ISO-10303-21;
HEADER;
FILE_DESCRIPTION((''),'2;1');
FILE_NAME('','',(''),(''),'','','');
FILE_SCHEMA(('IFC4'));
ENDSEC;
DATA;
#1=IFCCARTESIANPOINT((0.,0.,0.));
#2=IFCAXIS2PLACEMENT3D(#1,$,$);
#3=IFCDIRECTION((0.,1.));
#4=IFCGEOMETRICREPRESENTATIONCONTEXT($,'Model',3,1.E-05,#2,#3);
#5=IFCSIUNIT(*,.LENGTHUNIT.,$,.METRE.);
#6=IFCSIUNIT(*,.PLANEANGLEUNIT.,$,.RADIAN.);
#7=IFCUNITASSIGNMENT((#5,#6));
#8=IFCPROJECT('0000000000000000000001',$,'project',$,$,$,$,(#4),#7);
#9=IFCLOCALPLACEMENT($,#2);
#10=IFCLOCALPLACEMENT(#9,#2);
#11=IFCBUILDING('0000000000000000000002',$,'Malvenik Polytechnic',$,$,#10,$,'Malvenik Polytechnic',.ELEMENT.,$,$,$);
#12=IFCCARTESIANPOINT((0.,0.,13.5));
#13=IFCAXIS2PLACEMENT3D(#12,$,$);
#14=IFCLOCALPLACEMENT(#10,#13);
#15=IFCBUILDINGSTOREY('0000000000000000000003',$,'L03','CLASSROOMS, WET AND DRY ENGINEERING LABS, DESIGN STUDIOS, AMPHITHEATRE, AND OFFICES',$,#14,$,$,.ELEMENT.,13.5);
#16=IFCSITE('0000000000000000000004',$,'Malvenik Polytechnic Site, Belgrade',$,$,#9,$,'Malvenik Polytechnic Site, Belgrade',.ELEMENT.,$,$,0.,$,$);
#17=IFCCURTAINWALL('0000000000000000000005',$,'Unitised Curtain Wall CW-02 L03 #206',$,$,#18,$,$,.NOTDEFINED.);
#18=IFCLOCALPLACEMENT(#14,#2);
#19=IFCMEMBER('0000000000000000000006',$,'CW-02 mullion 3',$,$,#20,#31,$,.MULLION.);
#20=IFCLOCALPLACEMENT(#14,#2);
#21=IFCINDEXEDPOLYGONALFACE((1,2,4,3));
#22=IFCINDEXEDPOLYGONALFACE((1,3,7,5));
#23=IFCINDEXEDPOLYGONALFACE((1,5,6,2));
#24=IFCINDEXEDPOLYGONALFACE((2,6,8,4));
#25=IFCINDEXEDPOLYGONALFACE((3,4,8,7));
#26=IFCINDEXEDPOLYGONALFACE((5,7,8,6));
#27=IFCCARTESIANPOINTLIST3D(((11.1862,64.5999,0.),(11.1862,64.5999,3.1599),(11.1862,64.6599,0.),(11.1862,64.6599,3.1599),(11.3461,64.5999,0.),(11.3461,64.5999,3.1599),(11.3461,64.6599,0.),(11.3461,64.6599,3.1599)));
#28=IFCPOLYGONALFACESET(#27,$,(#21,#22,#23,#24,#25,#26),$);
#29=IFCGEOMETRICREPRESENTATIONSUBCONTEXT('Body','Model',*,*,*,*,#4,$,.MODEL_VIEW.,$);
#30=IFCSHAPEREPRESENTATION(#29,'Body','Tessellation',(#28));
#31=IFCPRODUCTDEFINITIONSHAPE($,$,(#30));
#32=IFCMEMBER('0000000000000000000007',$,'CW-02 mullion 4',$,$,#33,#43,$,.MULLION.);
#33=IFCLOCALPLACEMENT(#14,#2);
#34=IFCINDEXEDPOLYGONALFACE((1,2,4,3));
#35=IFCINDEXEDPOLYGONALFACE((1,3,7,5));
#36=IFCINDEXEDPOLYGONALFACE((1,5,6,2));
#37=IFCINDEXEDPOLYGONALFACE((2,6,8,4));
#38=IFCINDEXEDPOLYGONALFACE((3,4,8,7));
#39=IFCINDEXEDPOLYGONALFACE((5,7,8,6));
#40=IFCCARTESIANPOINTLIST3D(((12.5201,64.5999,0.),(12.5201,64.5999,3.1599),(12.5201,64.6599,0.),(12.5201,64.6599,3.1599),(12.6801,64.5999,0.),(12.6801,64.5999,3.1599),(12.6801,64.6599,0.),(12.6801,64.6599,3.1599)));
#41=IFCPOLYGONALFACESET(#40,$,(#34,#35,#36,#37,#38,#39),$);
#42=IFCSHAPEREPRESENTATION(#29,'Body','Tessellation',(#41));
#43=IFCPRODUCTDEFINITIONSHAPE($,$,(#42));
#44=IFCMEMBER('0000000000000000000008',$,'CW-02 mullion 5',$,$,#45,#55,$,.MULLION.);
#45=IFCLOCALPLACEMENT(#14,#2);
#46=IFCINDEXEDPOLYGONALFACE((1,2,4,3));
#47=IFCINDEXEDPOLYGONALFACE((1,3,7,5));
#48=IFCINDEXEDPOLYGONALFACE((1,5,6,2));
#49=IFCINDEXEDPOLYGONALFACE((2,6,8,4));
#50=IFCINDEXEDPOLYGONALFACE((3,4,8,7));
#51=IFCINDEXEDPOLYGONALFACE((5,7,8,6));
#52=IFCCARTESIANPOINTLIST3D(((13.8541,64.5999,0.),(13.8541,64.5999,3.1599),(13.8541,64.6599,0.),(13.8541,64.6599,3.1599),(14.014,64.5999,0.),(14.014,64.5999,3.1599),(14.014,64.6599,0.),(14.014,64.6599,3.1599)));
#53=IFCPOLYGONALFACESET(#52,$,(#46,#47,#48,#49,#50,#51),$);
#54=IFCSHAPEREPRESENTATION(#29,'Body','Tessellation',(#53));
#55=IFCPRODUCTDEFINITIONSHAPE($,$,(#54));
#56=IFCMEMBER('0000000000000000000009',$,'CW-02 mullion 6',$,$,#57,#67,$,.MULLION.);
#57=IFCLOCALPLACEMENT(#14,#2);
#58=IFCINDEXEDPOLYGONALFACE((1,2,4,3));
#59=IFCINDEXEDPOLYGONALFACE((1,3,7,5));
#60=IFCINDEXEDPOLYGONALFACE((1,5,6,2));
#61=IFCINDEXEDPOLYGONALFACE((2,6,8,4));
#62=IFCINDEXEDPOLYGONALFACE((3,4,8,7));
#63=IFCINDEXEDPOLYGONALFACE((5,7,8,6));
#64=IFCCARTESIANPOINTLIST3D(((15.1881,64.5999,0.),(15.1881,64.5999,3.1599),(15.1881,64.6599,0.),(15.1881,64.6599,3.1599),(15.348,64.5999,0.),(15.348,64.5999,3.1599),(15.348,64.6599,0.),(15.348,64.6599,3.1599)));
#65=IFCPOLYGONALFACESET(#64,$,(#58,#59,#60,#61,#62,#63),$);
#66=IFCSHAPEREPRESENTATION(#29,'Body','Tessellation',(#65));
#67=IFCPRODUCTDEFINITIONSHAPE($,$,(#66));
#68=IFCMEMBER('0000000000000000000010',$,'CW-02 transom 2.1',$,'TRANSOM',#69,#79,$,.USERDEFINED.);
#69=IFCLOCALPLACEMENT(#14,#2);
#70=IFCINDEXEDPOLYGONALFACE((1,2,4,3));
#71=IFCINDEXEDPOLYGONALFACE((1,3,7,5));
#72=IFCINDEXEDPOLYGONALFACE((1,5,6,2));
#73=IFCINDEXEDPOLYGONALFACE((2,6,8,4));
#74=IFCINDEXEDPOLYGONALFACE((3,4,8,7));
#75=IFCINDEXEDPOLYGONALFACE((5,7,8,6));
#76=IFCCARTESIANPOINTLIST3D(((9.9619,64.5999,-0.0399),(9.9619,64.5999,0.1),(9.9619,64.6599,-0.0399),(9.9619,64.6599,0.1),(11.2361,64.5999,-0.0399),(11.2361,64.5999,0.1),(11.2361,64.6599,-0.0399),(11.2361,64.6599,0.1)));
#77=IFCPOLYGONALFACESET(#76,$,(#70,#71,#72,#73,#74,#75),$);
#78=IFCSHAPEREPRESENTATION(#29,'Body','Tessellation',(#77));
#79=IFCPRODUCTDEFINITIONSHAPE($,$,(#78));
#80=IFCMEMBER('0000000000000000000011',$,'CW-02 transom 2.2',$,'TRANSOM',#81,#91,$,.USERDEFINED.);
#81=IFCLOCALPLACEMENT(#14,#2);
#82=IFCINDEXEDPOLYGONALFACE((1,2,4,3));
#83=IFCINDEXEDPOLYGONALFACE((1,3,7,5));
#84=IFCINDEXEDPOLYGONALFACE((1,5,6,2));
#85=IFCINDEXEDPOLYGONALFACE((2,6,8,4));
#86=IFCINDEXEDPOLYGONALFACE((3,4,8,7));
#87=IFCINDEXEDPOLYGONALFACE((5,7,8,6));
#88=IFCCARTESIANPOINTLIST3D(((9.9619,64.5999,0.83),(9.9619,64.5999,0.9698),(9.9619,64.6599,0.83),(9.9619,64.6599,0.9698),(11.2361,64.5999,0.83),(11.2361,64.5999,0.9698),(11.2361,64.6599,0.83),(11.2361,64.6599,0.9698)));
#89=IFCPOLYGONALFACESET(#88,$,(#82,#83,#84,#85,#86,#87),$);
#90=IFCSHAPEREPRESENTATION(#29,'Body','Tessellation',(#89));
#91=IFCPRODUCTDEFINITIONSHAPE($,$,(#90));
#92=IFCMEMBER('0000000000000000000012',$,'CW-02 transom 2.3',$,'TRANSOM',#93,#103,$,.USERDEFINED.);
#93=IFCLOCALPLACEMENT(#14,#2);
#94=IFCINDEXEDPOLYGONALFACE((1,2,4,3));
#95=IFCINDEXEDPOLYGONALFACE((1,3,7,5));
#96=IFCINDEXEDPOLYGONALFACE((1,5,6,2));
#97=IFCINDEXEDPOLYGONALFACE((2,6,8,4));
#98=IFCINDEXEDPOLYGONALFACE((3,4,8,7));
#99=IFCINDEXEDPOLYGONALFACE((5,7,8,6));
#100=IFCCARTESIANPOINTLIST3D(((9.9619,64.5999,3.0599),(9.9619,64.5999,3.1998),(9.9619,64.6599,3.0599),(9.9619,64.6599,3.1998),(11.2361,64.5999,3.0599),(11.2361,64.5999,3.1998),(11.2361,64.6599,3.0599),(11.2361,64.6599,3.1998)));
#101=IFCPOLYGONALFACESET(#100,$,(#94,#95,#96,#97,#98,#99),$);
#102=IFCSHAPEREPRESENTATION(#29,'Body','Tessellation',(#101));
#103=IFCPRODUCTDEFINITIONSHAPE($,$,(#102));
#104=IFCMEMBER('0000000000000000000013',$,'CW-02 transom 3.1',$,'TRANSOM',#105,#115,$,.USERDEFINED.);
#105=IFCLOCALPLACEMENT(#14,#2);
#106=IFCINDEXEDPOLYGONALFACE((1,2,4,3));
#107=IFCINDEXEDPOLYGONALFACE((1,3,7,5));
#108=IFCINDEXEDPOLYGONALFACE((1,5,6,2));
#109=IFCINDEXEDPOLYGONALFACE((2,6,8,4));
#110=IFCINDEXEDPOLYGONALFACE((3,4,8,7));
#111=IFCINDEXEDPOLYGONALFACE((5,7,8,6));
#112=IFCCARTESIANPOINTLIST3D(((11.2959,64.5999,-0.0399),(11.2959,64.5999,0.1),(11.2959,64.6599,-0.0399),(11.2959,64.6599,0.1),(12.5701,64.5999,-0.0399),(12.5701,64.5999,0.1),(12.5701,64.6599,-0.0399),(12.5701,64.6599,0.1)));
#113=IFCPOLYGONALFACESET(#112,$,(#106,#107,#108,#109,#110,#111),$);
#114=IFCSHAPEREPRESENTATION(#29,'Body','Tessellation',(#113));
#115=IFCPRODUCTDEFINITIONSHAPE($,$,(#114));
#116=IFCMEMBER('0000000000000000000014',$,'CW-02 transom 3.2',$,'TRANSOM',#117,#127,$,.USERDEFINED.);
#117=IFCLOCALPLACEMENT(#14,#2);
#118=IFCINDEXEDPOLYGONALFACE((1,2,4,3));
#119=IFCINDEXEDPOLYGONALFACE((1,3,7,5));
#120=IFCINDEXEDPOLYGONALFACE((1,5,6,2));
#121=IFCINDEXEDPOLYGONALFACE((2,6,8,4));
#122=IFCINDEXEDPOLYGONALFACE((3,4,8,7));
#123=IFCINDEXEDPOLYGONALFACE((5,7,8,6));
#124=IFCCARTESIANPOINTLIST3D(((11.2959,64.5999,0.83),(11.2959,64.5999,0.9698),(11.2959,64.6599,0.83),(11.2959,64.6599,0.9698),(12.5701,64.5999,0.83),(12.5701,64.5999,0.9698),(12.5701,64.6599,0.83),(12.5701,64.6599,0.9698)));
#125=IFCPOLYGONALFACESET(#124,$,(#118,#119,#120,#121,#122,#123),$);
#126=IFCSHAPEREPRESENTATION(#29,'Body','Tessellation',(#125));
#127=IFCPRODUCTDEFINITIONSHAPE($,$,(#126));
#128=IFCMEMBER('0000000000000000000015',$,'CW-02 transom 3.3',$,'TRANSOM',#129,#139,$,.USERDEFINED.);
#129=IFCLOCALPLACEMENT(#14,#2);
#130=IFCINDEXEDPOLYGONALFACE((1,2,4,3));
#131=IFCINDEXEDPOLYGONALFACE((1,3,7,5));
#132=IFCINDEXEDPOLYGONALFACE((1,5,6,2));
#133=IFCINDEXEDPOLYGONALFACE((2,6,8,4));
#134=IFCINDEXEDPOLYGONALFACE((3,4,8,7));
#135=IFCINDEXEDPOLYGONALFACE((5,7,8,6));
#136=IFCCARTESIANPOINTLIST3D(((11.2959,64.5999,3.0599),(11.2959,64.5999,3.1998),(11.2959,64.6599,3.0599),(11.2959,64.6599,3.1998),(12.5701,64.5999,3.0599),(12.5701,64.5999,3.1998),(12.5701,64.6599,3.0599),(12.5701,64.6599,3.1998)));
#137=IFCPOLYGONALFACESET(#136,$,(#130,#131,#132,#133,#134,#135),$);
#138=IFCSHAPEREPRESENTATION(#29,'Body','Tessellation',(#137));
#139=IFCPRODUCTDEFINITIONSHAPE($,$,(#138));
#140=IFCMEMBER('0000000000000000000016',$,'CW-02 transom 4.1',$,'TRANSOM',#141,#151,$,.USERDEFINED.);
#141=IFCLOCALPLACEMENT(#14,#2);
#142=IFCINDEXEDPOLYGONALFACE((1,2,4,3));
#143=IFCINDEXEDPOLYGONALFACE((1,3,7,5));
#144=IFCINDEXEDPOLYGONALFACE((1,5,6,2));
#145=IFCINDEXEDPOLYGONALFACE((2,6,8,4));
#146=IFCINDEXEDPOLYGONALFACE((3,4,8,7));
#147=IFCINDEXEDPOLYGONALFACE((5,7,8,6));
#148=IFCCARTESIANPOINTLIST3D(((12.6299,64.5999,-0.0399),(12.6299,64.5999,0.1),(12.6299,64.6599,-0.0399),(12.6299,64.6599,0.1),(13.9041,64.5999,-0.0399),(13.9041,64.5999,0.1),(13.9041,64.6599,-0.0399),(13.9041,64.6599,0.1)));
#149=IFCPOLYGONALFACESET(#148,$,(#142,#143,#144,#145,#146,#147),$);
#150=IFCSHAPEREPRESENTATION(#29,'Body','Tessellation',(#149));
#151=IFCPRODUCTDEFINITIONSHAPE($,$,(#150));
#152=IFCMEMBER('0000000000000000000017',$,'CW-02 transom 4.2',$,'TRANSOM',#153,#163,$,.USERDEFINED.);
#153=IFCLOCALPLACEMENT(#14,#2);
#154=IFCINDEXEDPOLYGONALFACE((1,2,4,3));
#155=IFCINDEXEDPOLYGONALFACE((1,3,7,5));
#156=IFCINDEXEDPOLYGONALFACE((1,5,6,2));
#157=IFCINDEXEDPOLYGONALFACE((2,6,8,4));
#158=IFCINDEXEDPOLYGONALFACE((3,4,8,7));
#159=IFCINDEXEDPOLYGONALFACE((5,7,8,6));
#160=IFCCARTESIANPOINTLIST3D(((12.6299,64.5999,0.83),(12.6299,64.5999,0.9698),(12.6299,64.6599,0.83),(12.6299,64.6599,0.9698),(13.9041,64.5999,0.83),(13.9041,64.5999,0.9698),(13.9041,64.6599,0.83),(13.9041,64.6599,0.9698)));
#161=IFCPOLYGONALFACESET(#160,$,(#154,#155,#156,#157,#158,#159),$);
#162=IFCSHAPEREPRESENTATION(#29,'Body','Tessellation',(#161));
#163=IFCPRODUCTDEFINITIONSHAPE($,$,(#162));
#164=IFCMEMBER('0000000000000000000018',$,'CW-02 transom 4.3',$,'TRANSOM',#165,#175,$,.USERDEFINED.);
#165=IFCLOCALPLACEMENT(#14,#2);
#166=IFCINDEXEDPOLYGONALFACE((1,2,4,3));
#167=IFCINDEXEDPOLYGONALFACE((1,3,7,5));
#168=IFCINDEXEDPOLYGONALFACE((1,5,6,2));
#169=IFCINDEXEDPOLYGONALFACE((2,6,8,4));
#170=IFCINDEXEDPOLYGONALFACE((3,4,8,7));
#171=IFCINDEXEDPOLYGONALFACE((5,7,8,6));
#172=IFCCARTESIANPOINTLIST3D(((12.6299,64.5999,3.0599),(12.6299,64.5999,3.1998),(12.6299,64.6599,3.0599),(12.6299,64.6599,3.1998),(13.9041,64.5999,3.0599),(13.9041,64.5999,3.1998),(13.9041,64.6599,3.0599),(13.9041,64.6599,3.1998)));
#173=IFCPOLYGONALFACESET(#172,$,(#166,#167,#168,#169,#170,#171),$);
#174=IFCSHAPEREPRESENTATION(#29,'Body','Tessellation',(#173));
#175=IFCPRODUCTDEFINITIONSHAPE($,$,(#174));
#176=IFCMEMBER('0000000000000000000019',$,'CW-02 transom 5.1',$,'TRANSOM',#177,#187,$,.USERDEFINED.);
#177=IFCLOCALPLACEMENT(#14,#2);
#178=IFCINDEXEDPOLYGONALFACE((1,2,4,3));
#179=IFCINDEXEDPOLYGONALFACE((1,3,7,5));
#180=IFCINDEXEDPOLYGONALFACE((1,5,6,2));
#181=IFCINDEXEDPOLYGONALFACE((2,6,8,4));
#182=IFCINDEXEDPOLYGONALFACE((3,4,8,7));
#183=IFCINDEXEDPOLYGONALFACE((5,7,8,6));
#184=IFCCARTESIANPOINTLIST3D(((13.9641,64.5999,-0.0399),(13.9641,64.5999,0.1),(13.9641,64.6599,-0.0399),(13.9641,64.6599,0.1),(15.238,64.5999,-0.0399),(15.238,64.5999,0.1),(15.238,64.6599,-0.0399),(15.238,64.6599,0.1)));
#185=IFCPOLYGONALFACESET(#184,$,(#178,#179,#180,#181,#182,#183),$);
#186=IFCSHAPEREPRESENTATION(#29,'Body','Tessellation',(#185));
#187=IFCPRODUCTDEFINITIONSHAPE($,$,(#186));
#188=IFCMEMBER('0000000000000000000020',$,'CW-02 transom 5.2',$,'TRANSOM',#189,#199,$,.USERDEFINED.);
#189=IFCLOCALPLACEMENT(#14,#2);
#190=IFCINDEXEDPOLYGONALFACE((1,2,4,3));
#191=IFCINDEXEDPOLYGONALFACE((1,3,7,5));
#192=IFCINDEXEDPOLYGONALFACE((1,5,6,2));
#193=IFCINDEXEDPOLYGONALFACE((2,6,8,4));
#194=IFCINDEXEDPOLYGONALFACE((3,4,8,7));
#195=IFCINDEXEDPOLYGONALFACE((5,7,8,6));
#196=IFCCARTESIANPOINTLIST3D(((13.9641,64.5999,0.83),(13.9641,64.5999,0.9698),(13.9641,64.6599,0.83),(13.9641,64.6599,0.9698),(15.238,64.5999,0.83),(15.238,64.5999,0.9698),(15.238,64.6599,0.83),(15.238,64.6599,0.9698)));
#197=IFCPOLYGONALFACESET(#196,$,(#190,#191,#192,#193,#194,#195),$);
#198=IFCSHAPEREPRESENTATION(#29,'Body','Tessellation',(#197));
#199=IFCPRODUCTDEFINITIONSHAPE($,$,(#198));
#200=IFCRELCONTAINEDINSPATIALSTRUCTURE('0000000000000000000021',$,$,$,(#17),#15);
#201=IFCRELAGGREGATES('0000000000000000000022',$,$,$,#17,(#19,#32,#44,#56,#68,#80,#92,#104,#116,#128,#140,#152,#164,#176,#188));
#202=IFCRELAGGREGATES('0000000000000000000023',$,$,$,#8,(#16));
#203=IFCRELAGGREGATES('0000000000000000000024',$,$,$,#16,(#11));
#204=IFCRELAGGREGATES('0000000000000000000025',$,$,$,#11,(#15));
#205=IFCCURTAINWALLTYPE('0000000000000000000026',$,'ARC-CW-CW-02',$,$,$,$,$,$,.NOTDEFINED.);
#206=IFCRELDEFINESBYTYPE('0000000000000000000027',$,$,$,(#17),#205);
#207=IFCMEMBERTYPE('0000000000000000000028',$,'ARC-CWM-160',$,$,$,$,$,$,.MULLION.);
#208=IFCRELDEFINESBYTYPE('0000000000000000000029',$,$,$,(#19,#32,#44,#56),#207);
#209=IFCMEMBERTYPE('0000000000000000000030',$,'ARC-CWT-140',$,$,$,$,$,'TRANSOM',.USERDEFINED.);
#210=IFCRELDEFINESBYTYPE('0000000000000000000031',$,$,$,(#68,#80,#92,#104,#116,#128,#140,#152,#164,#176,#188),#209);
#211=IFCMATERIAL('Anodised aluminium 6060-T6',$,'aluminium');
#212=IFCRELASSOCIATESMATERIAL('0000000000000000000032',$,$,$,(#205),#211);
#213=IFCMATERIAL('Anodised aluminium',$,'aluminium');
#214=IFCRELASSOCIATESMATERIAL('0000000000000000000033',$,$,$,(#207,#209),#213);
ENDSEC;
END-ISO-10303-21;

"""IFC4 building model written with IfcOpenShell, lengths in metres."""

from ifc_helpers import new_model, si_unit, direction, frame, origin, origin_2d, place, context, subcontext, project, spatial, rectangle, extrude, material, material_profile, profile_set, type_object, element, aggregate, save


model = new_model("IFC4")

# Units and contexts
model_context = context("Model", 3, precision=1e-05, world=origin(), true_north=direction((0.0, 1.0)))
body_context = subcontext(model_context, "Body", "Model", "MODEL_VIEW")
ifc_project = project(units=[si_unit("LENGTHUNIT", "METRE"), si_unit("PLANEANGLEUNIT", "RADIAN")], contexts=[model_context])

# Site, building, storey
site_placement = place(None, origin())
site = spatial("IfcSite", under=ifc_project, at=site_placement, Name="Malvenik Polytechnic Site, Belgrade", LongName="Malvenik Polytechnic Site, Belgrade", CompositionType="ELEMENT", RefElevation=0.0)
building_placement = place(site_placement, origin())
building = spatial("IfcBuilding", under=site, at=building_placement, Name="Malvenik Polytechnic", LongName="Malvenik Polytechnic", CompositionType="ELEMENT")
storey_placement = place(building_placement, frame((0.0, 0.0, 13.5)))
storey = spatial("IfcBuildingStorey", under=building, at=storey_placement, Name="L03", Description="CLASSROOMS, WET AND DRY ENGINEERING LABS, DESIGN STUDIOS, AMPHITHEATRE, AND OFFICES", CompositionType="ELEMENT", Elevation=13.5)

# Curtain wall, members
ifc_material_1 = material(Name="Anodised aluminium 6060-T6", Category="aluminium")
curtain_wall_type = type_object("IfcCurtainWallType", Name="ARC-CW-CW-02", PredefinedType="NOTDEFINED", material=ifc_material_1)
curtain_wall_placement = place(storey_placement, origin())
curtain_wall = element("IfcCurtainWall", 1, at=curtain_wall_placement, inside=storey, type_object=curtain_wall_type, Name="Unitised Curtain Wall CW-02 L03 #206", PredefinedType="NOTDEFINED")
ifc_material_2 = material(Name="Anodised aluminium", Category="aluminium")
ifc_material_profile_1 = material_profile(ifc_material_2, rectangle(XDim=0.0601, YDim=0.1599, at=origin_2d()), Name="ALU MULLION 60x160")
ifc_profile_set_1 = profile_set([ifc_material_profile_1], Name="Anodised aluminium")
member_type_1 = type_object("IfcMemberType", Name="ARC-CWM-160", PredefinedType="MULLION", material=ifc_profile_set_1)
member_1_placement = place(storey_placement, frame((11.2661, 64.6299, 0.0), z_axis=(0.0, 0.0, 1.0), x_axis=(0.0, 1.0, 0.0)))
member_1 = element("IfcMember", 2, at=member_1_placement, type_object=member_type_1, Name="CW-02 mullion 3", PredefinedType="MULLION", context=body_context, shape_type="SweptSolid", body=[
    extrude(rectangle(XDim=0.0601, YDim=0.1599, at=origin_2d()), origin(), (0.0, 0.0, 1.0), 3.1599),
])
member_2_placement = place(storey_placement, frame((12.6001, 64.6299, 0.0), z_axis=(0.0, 0.0, 1.0), x_axis=(0.0, 1.0, 0.0)))
member_2 = element("IfcMember", 3, at=member_2_placement, type_object=member_type_1, Name="CW-02 mullion 4", PredefinedType="MULLION", context=body_context, shape_type="SweptSolid", body=[
    extrude(rectangle(XDim=0.0601, YDim=0.1599, at=origin_2d()), origin(), (0.0, 0.0, 1.0), 3.1599),
])
member_3_placement = place(storey_placement, frame((13.9341, 64.6299, 0.0), z_axis=(0.0, 0.0, 1.0), x_axis=(0.0, 1.0, 0.0)))
member_3 = element("IfcMember", 4, at=member_3_placement, type_object=member_type_1, Name="CW-02 mullion 5", PredefinedType="MULLION", context=body_context, shape_type="SweptSolid", body=[
    extrude(rectangle(XDim=0.0601, YDim=0.1599, at=origin_2d()), origin(), (0.0, 0.0, 1.0), 3.1599),
])
member_4_placement = place(storey_placement, frame((15.2681, 64.6299, 0.0), z_axis=(0.0, 0.0, 1.0), x_axis=(0.0, 1.0, 0.0)))
member_4 = element("IfcMember", 5, at=member_4_placement, type_object=member_type_1, Name="CW-02 mullion 6", PredefinedType="MULLION", context=body_context, shape_type="SweptSolid", body=[
    extrude(rectangle(XDim=0.0601, YDim=0.1599, at=origin_2d()), origin(), (0.0, 0.0, 1.0), 3.1599),
])
ifc_material_profile_2 = material_profile(ifc_material_2, rectangle(XDim=0.0601, YDim=0.1399, at=origin_2d()), Name="ALU TRANSOM 60x140")
ifc_profile_set_2 = profile_set([ifc_material_profile_2], Name="Anodised aluminium")
member_type_2 = type_object("IfcMemberType", Name="ARC-CWT-140", ElementType="TRANSOM", PredefinedType="USERDEFINED", material=ifc_profile_set_2)
member_5_placement = place(storey_placement, frame((9.9619, 64.6299, 0.03), z_axis=(1.0, 0.0, 0.0), x_axis=(0.0, 1.0, 0.0)))
member_5 = element("IfcMember", 6, at=member_5_placement, type_object=member_type_2, Name="CW-02 transom 2.1", ObjectType="TRANSOM", PredefinedType="USERDEFINED", context=body_context, shape_type="SweptSolid", body=[
    extrude(rectangle(XDim=0.0601, YDim=0.1399, at=origin_2d()), origin(), (0.0, 0.0, 1.0), 1.2742),
])
member_6_placement = place(storey_placement, frame((9.9619, 64.6299, 0.8999), z_axis=(1.0, 0.0, 0.0), x_axis=(0.0, 1.0, 0.0)))
member_6 = element("IfcMember", 7, at=member_6_placement, type_object=member_type_2, Name="CW-02 transom 2.2", ObjectType="TRANSOM", PredefinedType="USERDEFINED", context=body_context, shape_type="SweptSolid", body=[
    extrude(rectangle(XDim=0.0601, YDim=0.1399, at=origin_2d()), origin(), (0.0, 0.0, 1.0), 1.2742),
])
member_7_placement = place(storey_placement, frame((9.9619, 64.6299, 3.1299), z_axis=(1.0, 0.0, 0.0), x_axis=(0.0, 1.0, 0.0)))
member_7 = element("IfcMember", 8, at=member_7_placement, type_object=member_type_2, Name="CW-02 transom 2.3", ObjectType="TRANSOM", PredefinedType="USERDEFINED", context=body_context, shape_type="SweptSolid", body=[
    extrude(rectangle(XDim=0.0601, YDim=0.1399, at=origin_2d()), origin(), (0.0, 0.0, 1.0), 1.2742),
])
member_8_placement = place(storey_placement, frame((11.2959, 64.6299, 0.03), z_axis=(1.0, 0.0, 0.0), x_axis=(0.0, 1.0, 0.0)))
member_8 = element("IfcMember", 9, at=member_8_placement, type_object=member_type_2, Name="CW-02 transom 3.1", ObjectType="TRANSOM", PredefinedType="USERDEFINED", context=body_context, shape_type="SweptSolid", body=[
    extrude(rectangle(XDim=0.0601, YDim=0.1399, at=origin_2d()), origin(), (0.0, 0.0, 1.0), 1.2742),
])
member_9_placement = place(storey_placement, frame((11.2959, 64.6299, 0.8999), z_axis=(1.0, 0.0, 0.0), x_axis=(0.0, 1.0, 0.0)))
member_9 = element("IfcMember", 10, at=member_9_placement, type_object=member_type_2, Name="CW-02 transom 3.2", ObjectType="TRANSOM", PredefinedType="USERDEFINED", context=body_context, shape_type="SweptSolid", body=[
    extrude(rectangle(XDim=0.0601, YDim=0.1399, at=origin_2d()), origin(), (0.0, 0.0, 1.0), 1.2742),
])
member_10_placement = place(storey_placement, frame((11.2959, 64.6299, 3.1299), z_axis=(1.0, 0.0, 0.0), x_axis=(0.0, 1.0, 0.0)))
member_10 = element("IfcMember", 11, at=member_10_placement, type_object=member_type_2, Name="CW-02 transom 3.3", ObjectType="TRANSOM", PredefinedType="USERDEFINED", context=body_context, shape_type="SweptSolid", body=[
    extrude(rectangle(XDim=0.0601, YDim=0.1399, at=origin_2d()), origin(), (0.0, 0.0, 1.0), 1.2742),
])
member_11_placement = place(storey_placement, frame((12.6299, 64.6299, 0.03), z_axis=(1.0, 0.0, 0.0), x_axis=(0.0, 1.0, 0.0)))
member_11 = element("IfcMember", 12, at=member_11_placement, type_object=member_type_2, Name="CW-02 transom 4.1", ObjectType="TRANSOM", PredefinedType="USERDEFINED", context=body_context, shape_type="SweptSolid", body=[
    extrude(rectangle(XDim=0.0601, YDim=0.1399, at=origin_2d()), origin(), (0.0, 0.0, 1.0), 1.2742),
])
member_12_placement = place(storey_placement, frame((12.6299, 64.6299, 0.8999), z_axis=(1.0, 0.0, 0.0), x_axis=(0.0, 1.0, 0.0)))
member_12 = element("IfcMember", 13, at=member_12_placement, type_object=member_type_2, Name="CW-02 transom 4.2", ObjectType="TRANSOM", PredefinedType="USERDEFINED", context=body_context, shape_type="SweptSolid", body=[
    extrude(rectangle(XDim=0.0601, YDim=0.1399, at=origin_2d()), origin(), (0.0, 0.0, 1.0), 1.2742),
])
member_13_placement = place(storey_placement, frame((12.6299, 64.6299, 3.1299), z_axis=(1.0, 0.0, 0.0), x_axis=(0.0, 1.0, 0.0)))
member_13 = element("IfcMember", 14, at=member_13_placement, type_object=member_type_2, Name="CW-02 transom 4.3", ObjectType="TRANSOM", PredefinedType="USERDEFINED", context=body_context, shape_type="SweptSolid", body=[
    extrude(rectangle(XDim=0.0601, YDim=0.1399, at=origin_2d()), origin(), (0.0, 0.0, 1.0), 1.2742),
])
member_14_placement = place(storey_placement, frame((13.9641, 64.6299, 0.03), z_axis=(1.0, 0.0, 0.0), x_axis=(0.0, 1.0, 0.0)))
member_14 = element("IfcMember", 15, at=member_14_placement, type_object=member_type_2, Name="CW-02 transom 5.1", ObjectType="TRANSOM", PredefinedType="USERDEFINED", context=body_context, shape_type="SweptSolid", body=[
    extrude(rectangle(XDim=0.0601, YDim=0.1399, at=origin_2d()), origin(), (0.0, 0.0, 1.0), 1.2739),
])
member_15_placement = place(storey_placement, frame((13.9641, 64.6299, 0.8999), z_axis=(1.0, 0.0, 0.0), x_axis=(0.0, 1.0, 0.0)))
member_15 = element("IfcMember", 16, at=member_15_placement, type_object=member_type_2, Name="CW-02 transom 5.2", ObjectType="TRANSOM", PredefinedType="USERDEFINED", context=body_context, shape_type="SweptSolid", body=[
    extrude(rectangle(XDim=0.0601, YDim=0.1399, at=origin_2d()), origin(), (0.0, 0.0, 1.0), 1.2739),
])
aggregate(curtain_wall, [member_1, member_2, member_3, member_4, member_5, member_6, member_7, member_8, member_9, member_10, member_11, member_12, member_13, member_14, member_15])

save(model, "model.ifc")
